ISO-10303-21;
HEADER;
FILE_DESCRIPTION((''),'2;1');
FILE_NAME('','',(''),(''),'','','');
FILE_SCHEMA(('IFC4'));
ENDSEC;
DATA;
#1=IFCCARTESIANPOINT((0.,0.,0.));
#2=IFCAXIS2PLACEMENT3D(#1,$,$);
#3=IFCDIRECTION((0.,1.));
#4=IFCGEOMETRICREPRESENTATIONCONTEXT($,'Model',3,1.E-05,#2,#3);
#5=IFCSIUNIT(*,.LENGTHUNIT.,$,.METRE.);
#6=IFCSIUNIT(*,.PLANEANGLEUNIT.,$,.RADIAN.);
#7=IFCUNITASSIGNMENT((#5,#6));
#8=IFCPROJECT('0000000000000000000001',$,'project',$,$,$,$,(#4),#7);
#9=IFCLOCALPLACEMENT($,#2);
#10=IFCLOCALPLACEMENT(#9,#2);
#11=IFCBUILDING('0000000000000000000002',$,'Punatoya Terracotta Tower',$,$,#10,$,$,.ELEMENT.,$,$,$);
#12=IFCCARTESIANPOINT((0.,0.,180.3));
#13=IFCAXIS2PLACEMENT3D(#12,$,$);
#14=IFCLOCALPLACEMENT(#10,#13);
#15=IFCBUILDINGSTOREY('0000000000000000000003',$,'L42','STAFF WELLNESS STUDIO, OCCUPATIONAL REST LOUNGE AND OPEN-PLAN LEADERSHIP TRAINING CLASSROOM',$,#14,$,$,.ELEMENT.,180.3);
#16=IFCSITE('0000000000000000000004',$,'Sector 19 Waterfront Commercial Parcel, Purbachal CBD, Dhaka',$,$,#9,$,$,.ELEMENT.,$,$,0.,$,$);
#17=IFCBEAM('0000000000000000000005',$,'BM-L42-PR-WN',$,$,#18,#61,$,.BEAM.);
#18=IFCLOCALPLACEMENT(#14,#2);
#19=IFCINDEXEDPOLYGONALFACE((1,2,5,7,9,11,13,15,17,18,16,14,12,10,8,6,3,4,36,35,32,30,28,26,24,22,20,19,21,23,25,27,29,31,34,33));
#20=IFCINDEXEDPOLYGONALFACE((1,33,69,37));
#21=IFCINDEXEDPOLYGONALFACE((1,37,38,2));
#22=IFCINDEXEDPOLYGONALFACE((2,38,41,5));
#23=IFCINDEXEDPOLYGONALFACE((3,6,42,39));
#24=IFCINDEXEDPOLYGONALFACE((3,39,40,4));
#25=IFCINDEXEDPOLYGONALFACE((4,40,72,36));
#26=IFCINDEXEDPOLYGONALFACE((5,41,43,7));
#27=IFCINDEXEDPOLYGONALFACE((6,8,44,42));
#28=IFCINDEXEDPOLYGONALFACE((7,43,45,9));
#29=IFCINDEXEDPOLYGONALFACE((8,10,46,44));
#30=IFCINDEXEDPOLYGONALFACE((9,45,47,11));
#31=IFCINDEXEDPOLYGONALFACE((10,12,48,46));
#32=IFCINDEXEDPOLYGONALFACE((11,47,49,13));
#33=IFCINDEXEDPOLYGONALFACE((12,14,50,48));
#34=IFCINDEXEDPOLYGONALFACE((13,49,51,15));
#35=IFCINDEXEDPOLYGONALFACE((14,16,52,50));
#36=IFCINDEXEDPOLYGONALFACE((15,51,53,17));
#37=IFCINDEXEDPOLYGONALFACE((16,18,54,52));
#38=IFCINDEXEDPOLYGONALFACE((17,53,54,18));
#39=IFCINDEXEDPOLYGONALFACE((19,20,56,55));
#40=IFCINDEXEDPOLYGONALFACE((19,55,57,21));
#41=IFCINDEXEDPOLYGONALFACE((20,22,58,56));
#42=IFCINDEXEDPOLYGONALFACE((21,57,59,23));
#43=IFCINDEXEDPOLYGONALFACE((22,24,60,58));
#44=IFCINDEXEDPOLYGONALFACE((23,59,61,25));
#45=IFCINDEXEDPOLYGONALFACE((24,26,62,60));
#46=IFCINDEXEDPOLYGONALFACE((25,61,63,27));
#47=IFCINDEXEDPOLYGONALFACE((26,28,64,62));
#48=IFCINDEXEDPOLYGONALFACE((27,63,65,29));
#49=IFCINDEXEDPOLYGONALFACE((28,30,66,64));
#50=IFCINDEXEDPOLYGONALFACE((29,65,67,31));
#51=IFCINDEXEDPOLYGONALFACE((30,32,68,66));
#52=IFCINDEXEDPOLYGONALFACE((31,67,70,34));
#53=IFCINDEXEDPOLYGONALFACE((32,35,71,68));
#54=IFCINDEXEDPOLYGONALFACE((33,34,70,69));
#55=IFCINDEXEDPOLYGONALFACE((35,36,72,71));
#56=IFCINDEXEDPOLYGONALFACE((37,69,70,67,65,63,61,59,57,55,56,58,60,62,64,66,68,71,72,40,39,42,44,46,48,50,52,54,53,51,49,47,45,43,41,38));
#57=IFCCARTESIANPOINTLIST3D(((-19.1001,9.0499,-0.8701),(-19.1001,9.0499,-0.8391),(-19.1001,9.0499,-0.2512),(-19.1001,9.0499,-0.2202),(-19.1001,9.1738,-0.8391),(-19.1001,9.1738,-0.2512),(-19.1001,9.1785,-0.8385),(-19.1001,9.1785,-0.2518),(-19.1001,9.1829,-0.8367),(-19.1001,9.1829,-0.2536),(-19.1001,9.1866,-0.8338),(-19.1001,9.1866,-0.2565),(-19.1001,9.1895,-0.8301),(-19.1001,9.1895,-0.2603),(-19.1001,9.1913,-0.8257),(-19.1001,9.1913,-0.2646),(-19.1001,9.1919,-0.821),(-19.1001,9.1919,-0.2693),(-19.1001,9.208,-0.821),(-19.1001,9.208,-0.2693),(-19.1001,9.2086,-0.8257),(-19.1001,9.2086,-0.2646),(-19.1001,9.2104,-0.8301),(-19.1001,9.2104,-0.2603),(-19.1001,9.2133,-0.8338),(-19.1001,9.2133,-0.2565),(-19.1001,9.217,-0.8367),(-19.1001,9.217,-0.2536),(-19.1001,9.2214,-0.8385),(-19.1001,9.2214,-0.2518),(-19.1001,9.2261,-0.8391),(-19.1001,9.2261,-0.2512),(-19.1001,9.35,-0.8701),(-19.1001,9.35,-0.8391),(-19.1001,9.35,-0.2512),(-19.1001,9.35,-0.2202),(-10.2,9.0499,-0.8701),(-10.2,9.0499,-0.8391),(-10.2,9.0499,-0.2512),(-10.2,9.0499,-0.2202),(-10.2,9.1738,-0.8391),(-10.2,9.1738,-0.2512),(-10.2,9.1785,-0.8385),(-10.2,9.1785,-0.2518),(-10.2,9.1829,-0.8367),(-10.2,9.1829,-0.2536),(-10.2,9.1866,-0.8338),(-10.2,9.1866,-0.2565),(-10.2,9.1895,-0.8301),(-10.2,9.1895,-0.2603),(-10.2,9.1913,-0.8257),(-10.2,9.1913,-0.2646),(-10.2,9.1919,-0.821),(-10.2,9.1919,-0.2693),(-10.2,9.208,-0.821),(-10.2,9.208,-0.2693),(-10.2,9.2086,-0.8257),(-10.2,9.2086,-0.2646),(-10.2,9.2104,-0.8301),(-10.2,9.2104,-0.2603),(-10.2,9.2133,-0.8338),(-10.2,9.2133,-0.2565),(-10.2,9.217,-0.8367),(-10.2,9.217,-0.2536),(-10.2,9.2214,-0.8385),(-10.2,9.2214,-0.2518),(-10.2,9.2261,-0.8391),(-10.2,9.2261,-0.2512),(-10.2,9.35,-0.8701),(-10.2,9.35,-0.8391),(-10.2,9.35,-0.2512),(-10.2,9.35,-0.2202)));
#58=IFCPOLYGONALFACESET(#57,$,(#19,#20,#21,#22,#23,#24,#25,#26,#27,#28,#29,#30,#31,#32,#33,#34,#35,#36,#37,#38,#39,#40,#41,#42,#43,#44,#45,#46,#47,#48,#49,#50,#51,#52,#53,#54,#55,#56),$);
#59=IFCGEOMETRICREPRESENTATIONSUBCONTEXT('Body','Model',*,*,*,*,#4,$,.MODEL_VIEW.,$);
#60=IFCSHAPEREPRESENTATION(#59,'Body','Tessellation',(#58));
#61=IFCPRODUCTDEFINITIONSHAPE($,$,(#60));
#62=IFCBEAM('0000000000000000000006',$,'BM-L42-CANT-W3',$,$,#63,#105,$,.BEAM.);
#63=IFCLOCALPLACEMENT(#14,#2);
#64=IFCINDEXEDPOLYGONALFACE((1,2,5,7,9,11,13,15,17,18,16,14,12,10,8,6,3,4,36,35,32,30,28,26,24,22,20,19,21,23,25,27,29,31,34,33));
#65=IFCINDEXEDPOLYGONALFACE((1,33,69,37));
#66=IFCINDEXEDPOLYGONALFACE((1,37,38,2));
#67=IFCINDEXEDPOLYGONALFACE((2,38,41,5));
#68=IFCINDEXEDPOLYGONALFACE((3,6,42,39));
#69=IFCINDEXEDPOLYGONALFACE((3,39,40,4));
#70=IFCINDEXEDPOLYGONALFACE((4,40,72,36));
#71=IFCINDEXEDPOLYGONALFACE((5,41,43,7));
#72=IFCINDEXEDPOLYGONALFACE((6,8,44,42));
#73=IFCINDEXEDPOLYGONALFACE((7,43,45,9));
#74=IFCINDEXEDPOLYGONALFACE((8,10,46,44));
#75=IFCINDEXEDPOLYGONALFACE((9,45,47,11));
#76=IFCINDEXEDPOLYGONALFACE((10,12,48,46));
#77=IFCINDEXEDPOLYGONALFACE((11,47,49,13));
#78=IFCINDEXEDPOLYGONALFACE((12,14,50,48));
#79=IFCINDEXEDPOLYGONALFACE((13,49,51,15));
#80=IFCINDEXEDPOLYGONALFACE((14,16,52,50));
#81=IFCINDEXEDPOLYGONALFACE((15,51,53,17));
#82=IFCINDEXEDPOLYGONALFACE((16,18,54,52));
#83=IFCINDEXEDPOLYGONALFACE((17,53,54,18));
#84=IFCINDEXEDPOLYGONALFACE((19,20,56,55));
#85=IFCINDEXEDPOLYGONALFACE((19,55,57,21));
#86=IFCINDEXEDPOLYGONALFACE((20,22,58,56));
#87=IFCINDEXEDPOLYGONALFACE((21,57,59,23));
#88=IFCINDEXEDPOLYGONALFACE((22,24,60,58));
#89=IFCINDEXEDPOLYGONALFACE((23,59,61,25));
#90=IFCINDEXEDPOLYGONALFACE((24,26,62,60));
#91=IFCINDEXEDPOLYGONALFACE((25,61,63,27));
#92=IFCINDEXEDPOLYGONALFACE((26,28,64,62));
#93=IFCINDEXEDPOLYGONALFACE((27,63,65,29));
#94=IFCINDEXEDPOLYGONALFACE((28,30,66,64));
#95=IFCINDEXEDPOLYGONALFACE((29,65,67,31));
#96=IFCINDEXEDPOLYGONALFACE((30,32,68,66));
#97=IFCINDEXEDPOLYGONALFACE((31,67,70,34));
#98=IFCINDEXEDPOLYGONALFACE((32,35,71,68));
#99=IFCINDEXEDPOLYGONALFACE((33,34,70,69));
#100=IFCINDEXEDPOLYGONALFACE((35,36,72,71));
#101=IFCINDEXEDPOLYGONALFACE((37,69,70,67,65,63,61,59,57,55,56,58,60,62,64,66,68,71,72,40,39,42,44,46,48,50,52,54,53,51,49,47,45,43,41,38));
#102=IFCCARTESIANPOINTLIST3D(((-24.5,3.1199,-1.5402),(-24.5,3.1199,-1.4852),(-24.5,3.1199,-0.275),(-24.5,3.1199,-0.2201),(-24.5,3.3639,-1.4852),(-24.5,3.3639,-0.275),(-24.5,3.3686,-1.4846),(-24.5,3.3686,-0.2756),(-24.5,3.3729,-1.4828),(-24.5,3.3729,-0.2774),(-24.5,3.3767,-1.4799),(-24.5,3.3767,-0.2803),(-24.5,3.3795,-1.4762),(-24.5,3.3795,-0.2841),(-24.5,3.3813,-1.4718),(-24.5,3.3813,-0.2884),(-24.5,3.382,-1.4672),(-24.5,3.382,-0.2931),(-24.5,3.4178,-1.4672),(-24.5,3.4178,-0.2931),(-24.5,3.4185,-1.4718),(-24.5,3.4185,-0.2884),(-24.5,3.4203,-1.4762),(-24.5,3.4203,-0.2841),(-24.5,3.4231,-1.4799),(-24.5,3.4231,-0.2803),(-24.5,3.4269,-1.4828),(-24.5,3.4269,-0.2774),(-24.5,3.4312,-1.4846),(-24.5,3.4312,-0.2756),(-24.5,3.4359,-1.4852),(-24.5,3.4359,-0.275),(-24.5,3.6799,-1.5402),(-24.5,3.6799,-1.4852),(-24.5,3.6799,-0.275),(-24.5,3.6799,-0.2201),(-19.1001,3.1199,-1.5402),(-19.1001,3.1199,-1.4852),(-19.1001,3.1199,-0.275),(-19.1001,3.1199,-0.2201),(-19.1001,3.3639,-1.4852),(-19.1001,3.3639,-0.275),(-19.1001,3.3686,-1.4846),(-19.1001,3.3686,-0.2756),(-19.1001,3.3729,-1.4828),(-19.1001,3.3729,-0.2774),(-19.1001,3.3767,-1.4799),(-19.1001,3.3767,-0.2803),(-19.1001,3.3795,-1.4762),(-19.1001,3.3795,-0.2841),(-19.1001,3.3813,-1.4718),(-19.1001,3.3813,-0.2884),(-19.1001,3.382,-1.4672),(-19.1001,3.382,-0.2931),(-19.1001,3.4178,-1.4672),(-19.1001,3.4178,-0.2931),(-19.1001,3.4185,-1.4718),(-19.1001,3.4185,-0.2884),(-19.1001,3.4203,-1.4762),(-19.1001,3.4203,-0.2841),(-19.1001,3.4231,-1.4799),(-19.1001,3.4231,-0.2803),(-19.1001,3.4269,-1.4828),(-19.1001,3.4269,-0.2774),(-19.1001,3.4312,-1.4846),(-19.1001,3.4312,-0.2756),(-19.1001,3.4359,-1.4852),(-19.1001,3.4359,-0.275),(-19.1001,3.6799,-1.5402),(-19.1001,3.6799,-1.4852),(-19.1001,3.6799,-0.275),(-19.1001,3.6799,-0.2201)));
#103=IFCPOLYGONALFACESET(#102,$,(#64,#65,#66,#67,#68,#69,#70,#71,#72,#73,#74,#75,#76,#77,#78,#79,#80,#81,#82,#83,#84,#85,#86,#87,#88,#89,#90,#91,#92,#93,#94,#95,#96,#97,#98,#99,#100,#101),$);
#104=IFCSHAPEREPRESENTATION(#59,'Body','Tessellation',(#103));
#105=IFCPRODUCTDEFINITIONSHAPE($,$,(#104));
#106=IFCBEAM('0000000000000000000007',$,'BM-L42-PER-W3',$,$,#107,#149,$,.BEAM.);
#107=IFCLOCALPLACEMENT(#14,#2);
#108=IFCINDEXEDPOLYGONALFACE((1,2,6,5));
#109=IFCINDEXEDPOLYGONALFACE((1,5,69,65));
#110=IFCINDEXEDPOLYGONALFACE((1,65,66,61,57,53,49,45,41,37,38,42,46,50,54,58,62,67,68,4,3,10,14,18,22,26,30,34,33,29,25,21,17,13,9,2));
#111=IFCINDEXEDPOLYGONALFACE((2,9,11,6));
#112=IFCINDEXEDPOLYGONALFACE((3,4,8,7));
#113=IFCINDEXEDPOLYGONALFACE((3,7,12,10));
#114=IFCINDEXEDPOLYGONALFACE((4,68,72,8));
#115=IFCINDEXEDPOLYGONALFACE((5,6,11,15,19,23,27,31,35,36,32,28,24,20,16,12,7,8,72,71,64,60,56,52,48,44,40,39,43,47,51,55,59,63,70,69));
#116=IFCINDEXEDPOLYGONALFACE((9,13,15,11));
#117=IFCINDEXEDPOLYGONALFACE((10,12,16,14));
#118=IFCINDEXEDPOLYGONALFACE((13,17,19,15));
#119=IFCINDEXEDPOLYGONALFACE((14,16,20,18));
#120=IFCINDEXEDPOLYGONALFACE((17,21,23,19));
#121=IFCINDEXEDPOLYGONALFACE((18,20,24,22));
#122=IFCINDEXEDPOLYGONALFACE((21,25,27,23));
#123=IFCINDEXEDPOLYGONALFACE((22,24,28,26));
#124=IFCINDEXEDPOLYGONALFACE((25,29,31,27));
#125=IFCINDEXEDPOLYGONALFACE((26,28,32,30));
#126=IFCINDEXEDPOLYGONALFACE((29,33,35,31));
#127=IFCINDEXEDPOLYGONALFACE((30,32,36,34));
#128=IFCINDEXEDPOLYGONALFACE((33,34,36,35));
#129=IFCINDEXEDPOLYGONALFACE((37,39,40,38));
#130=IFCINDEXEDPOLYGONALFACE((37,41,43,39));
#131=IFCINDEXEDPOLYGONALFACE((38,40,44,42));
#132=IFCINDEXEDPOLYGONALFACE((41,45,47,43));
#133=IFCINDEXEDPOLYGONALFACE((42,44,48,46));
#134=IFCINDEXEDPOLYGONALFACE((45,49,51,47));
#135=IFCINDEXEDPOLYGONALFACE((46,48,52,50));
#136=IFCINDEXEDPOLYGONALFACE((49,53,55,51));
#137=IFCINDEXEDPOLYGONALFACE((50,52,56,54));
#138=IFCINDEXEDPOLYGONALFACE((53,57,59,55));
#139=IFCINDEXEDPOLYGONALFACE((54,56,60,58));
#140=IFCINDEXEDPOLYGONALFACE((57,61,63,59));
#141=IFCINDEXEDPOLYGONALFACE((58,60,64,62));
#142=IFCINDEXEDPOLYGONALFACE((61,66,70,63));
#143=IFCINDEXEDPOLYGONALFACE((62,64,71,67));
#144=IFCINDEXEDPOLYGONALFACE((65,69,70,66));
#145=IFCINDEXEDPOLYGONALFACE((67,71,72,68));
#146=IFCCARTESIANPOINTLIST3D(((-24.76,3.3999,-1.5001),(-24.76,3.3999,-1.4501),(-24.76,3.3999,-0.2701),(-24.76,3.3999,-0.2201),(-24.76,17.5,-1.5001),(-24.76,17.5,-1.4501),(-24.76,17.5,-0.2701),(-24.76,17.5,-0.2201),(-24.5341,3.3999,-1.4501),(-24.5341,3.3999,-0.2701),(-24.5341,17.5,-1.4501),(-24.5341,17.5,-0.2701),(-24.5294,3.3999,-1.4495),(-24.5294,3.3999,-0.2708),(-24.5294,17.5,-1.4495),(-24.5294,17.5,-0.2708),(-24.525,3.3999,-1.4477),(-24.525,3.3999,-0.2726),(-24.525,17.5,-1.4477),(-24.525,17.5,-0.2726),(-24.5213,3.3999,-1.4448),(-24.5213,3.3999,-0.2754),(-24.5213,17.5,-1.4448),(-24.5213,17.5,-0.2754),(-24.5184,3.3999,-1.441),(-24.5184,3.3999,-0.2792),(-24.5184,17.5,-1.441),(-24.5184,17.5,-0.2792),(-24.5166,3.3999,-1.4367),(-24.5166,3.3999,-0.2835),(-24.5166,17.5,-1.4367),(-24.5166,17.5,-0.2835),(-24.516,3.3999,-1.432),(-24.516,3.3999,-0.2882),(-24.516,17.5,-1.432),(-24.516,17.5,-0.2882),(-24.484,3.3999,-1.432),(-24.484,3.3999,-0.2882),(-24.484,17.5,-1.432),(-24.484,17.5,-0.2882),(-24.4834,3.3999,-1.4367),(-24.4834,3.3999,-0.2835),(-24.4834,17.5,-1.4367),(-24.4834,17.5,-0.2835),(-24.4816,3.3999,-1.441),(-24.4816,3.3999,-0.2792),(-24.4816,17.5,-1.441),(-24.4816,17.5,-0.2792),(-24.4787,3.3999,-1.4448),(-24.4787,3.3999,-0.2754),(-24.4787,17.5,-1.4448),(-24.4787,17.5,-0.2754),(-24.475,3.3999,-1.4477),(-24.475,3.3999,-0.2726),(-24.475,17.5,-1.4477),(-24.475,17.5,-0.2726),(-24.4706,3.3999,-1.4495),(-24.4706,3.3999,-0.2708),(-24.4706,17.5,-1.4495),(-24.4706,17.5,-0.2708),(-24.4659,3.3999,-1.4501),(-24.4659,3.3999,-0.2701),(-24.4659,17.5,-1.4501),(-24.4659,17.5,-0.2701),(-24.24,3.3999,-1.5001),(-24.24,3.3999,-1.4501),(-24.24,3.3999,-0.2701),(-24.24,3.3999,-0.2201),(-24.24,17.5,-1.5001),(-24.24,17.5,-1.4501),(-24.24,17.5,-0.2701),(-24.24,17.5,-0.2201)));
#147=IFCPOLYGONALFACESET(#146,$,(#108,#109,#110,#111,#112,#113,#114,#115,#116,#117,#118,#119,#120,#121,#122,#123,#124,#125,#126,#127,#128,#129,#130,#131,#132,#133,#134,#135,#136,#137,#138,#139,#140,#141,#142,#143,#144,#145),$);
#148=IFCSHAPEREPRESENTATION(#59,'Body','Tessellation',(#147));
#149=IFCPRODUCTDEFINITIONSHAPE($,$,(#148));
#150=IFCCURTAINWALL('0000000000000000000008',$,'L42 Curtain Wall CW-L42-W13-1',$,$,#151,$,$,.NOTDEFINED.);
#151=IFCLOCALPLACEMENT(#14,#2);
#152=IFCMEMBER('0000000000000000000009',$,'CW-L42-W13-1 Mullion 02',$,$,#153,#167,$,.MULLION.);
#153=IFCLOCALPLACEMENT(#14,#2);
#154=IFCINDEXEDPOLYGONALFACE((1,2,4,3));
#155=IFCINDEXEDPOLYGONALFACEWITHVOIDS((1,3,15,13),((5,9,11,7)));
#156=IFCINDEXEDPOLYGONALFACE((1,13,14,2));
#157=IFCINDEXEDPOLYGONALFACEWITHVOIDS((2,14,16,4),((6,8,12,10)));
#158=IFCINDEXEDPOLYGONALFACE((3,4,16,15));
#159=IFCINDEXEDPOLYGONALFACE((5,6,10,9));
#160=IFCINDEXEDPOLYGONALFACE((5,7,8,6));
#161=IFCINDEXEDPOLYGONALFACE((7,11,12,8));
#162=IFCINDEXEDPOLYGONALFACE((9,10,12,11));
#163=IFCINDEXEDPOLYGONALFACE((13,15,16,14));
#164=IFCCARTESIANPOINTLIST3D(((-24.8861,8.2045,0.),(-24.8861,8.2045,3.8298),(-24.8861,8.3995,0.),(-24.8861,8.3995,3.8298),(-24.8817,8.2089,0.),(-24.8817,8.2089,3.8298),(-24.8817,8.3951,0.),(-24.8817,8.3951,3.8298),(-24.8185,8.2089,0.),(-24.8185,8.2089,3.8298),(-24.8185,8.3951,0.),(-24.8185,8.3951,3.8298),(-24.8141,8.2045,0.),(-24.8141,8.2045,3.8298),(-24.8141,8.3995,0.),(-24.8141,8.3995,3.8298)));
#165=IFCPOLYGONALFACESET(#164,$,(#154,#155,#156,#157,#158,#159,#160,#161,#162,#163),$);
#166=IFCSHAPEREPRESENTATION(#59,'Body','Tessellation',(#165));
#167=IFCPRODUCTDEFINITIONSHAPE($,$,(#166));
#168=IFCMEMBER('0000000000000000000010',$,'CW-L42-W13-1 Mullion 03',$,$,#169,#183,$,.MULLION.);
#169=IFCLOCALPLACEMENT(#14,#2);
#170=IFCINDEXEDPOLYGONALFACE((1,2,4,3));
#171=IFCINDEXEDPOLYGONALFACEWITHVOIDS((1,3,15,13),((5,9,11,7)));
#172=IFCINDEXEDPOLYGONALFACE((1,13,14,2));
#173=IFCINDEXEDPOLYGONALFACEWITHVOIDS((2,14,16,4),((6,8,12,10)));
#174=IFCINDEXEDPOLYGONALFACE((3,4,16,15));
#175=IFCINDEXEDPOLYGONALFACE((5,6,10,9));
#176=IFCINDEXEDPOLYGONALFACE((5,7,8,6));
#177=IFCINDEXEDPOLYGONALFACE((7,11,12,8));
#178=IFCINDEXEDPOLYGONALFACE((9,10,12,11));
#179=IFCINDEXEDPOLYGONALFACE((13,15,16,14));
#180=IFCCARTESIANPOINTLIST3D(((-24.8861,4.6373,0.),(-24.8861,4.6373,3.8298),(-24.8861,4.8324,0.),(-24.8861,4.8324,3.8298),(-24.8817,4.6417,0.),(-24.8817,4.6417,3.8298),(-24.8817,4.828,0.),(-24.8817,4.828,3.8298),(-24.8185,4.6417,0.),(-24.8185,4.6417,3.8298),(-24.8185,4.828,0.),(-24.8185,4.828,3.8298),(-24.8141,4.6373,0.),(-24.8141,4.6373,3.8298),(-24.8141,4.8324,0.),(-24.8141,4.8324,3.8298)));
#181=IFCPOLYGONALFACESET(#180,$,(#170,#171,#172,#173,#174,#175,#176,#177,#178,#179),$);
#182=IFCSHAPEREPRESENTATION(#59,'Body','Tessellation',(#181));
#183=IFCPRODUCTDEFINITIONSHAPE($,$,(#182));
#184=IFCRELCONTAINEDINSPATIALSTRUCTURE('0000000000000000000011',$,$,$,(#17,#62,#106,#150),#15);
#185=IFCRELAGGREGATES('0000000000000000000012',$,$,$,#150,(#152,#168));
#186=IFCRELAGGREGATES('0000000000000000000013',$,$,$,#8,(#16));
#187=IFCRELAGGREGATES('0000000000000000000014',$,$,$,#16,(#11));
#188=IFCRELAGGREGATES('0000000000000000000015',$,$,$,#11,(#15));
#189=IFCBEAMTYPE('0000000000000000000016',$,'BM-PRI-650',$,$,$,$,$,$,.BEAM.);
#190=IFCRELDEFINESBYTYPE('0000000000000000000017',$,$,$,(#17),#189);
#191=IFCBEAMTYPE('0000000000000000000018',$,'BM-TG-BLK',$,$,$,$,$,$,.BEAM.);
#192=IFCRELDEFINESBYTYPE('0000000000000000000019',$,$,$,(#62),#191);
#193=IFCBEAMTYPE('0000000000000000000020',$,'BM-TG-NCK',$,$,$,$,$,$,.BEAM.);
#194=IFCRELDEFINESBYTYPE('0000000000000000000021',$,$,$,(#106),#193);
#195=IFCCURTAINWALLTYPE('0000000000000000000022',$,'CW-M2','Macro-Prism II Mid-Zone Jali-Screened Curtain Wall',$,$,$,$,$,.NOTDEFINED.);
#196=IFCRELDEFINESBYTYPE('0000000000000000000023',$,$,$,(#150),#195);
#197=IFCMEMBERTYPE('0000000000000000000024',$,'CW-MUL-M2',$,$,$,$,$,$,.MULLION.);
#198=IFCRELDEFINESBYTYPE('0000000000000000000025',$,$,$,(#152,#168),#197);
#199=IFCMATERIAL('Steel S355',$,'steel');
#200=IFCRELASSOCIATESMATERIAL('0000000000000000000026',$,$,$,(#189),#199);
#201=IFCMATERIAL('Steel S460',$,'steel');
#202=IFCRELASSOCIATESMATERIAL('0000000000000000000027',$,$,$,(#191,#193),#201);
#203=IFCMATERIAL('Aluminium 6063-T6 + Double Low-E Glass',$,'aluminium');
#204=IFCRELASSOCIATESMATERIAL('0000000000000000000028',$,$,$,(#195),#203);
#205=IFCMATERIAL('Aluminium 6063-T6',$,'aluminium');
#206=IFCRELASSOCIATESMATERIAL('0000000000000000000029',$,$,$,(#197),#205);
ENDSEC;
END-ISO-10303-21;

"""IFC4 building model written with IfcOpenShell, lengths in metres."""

from ifc_helpers import new_model, si_unit, direction, frame, origin, origin_2d, place, context, subcontext, project, spatial, hollow_rectangle, i_section, extrude, material, material_profile, profile_set, type_object, element, aggregate, save


model = new_model("IFC4")

# Units and contexts
model_context = context("Model", 3, precision=1e-05, world=origin(), true_north=direction((0.0, 1.0)))
body_context = subcontext(model_context, "Body", "Model", "MODEL_VIEW")
ifc_project = project(units=[si_unit("LENGTHUNIT", "METRE"), si_unit("PLANEANGLEUNIT", "RADIAN")], contexts=[model_context])

# Site, building, storey
site_placement = place(None, origin())
site = spatial("IfcSite", under=ifc_project, at=site_placement, Name="Sector 19 Waterfront Commercial Parcel, Purbachal CBD, Dhaka", CompositionType="ELEMENT", RefElevation=0.0)
building_placement = place(site_placement, origin())
building = spatial("IfcBuilding", under=site, at=building_placement, Name="Punatoya Terracotta Tower", CompositionType="ELEMENT")
storey_placement = place(building_placement, frame((0.0, 0.0, 180.3)))
storey = spatial("IfcBuildingStorey", under=building, at=storey_placement, Name="L42", Description="STAFF WELLNESS STUDIO, OCCUPATIONAL REST LOUNGE AND OPEN-PLAN LEADERSHIP TRAINING CLASSROOM", CompositionType="ELEMENT", Elevation=180.3)

# Shared definitions
ifc_material_1 = material(Name="Steel S460", Category="steel")

# Beams
ifc_material_2 = material(Name="Steel S355", Category="steel")
ifc_material_profile_1 = material_profile(ifc_material_2, i_section(OverallWidth=0.3, OverallDepth=0.6499, WebThickness=0.0161, FlangeThickness=0.031, FilletRadius=0.0181, at=origin_2d()))
ifc_profile_set_1 = profile_set([ifc_material_profile_1], Name="Steel S355")
beam_type_1 = type_object("IfcBeamType", Name="BM-PRI-650", PredefinedType="BEAM", material=ifc_profile_set_1)
for number, where, z_axis, x_axis, name in (
    (1, (-19.1001, 9.2, -0.5452), (1.0, 0.0, 0.0), (0.0, 1.0, 0.0), "BM-L42-PR-WN"),
):
    element("IfcBeam", number, at=place(storey_placement, frame(where, z_axis=z_axis, x_axis=x_axis)), inside=storey, type_object=beam_type_1, Name=name, PredefinedType="BEAM", context=body_context, shape_type="SweptSolid", body=[
        extrude(i_section(OverallWidth=0.3, OverallDepth=0.6499, WebThickness=0.0161, FlangeThickness=0.031, FilletRadius=0.0181, at=origin_2d()), origin(), (0.0, 0.0, 1.0), 8.9001),
    ])
ifc_material_profile_2 = material_profile(ifc_material_1, i_section(OverallWidth=0.5601, OverallDepth=1.3201, WebThickness=0.0359, FlangeThickness=0.0549, FilletRadius=0.0181, at=origin_2d()))
ifc_profile_set_2 = profile_set([ifc_material_profile_2], Name="Steel S460")
beam_type_2 = type_object("IfcBeamType", Name="BM-TG-BLK", PredefinedType="BEAM", material=ifc_profile_set_2)
beam_1_placement = place(storey_placement, frame((-24.5, 3.3999, -0.8801), z_axis=(1.0, 0.0, 0.0), x_axis=(0.0, 1.0, 0.0)))
element("IfcBeam", 2, at=beam_1_placement, inside=storey, type_object=beam_type_2, Name="BM-L42-CANT-W3", PredefinedType="BEAM", context=body_context, shape_type="SweptSolid", body=[
    extrude(i_section(OverallWidth=0.5601, OverallDepth=1.3201, WebThickness=0.0359, FlangeThickness=0.0549, FilletRadius=0.0181, at=origin_2d()), origin(), (0.0, 0.0, 1.0), 5.3999),
])
ifc_material_profile_3 = material_profile(ifc_material_1, i_section(OverallWidth=0.52, OverallDepth=1.28, WebThickness=0.032, FlangeThickness=0.05, FilletRadius=0.0181, at=origin_2d()))
ifc_profile_set_3 = profile_set([ifc_material_profile_3], Name="Steel S460")
beam_type_3 = type_object("IfcBeamType", Name="BM-TG-NCK", PredefinedType="BEAM", material=ifc_profile_set_3)
beam_2_placement = place(storey_placement, frame((-24.5, 3.3999, -0.8601), z_axis=(0.0, 1.0, 0.0), x_axis=(-1.0, 0.0, 0.0)))
element("IfcBeam", 3, at=beam_2_placement, inside=storey, type_object=beam_type_3, Name="BM-L42-PER-W3", PredefinedType="BEAM", context=body_context, shape_type="SweptSolid", body=[
    extrude(i_section(OverallWidth=0.52, OverallDepth=1.28, WebThickness=0.032, FlangeThickness=0.05, FilletRadius=0.0181, at=origin_2d()), origin(), (0.0, 0.0, 1.0), 14.1001),
])

# Curtain wall, members
ifc_material_3 = material(Name="Aluminium 6063-T6 + Double Low-E Glass", Category="aluminium")
curtain_wall_type = type_object("IfcCurtainWallType", Name="CW-M2", Description="Macro-Prism II Mid-Zone Jali-Screened Curtain Wall", PredefinedType="NOTDEFINED", material=ifc_material_3)
curtain_wall_placement = place(storey_placement, origin())
curtain_wall = element("IfcCurtainWall", 4, at=curtain_wall_placement, inside=storey, type_object=curtain_wall_type, Name="L42 Curtain Wall CW-L42-W13-1", PredefinedType="NOTDEFINED")
ifc_material_4 = material(Name="Aluminium 6063-T6", Category="aluminium")
ifc_material_profile_4 = material_profile(ifc_material_4, hollow_rectangle(XDim=0.072, YDim=0.1951, WallThickness=0.0044, at=origin_2d()))
ifc_profile_set_4 = profile_set([ifc_material_profile_4], Name="Aluminium 6063-T6")
member_type_1 = type_object("IfcMemberType", Name="CW-MUL-M2", PredefinedType="MULLION", material=ifc_profile_set_4)
member_1_placement = place(storey_placement, frame((-24.8501, 8.302, 0.0), z_axis=(0.0, 0.0, 1.0), x_axis=(1.0, 0.0, 0.0)))
member_1 = element("IfcMember", 5, at=member_1_placement, type_object=member_type_1, Name="CW-L42-W13-1 Mullion 02", PredefinedType="MULLION", context=body_context, shape_type="SweptSolid", body=[
    extrude(hollow_rectangle(XDim=0.072, YDim=0.1951, WallThickness=0.0044, at=origin_2d()), origin(), (0.0, 0.0, 1.0), 3.8298),
])
member_2_placement = place(storey_placement, frame((-24.8501, 4.7349, 0.0), z_axis=(0.0, 0.0, 1.0), x_axis=(1.0, 0.0, 0.0)))
member_2 = element("IfcMember", 6, at=member_2_placement, type_object=member_type_1, Name="CW-L42-W13-1 Mullion 03", PredefinedType="MULLION", context=body_context, shape_type="SweptSolid", body=[
    extrude(hollow_rectangle(XDim=0.072, YDim=0.1951, WallThickness=0.0044, at=origin_2d()), origin(), (0.0, 0.0, 1.0), 3.8298),
])

aggregate(curtain_wall, [member_1, member_2])

save(model, "model.ifc")
